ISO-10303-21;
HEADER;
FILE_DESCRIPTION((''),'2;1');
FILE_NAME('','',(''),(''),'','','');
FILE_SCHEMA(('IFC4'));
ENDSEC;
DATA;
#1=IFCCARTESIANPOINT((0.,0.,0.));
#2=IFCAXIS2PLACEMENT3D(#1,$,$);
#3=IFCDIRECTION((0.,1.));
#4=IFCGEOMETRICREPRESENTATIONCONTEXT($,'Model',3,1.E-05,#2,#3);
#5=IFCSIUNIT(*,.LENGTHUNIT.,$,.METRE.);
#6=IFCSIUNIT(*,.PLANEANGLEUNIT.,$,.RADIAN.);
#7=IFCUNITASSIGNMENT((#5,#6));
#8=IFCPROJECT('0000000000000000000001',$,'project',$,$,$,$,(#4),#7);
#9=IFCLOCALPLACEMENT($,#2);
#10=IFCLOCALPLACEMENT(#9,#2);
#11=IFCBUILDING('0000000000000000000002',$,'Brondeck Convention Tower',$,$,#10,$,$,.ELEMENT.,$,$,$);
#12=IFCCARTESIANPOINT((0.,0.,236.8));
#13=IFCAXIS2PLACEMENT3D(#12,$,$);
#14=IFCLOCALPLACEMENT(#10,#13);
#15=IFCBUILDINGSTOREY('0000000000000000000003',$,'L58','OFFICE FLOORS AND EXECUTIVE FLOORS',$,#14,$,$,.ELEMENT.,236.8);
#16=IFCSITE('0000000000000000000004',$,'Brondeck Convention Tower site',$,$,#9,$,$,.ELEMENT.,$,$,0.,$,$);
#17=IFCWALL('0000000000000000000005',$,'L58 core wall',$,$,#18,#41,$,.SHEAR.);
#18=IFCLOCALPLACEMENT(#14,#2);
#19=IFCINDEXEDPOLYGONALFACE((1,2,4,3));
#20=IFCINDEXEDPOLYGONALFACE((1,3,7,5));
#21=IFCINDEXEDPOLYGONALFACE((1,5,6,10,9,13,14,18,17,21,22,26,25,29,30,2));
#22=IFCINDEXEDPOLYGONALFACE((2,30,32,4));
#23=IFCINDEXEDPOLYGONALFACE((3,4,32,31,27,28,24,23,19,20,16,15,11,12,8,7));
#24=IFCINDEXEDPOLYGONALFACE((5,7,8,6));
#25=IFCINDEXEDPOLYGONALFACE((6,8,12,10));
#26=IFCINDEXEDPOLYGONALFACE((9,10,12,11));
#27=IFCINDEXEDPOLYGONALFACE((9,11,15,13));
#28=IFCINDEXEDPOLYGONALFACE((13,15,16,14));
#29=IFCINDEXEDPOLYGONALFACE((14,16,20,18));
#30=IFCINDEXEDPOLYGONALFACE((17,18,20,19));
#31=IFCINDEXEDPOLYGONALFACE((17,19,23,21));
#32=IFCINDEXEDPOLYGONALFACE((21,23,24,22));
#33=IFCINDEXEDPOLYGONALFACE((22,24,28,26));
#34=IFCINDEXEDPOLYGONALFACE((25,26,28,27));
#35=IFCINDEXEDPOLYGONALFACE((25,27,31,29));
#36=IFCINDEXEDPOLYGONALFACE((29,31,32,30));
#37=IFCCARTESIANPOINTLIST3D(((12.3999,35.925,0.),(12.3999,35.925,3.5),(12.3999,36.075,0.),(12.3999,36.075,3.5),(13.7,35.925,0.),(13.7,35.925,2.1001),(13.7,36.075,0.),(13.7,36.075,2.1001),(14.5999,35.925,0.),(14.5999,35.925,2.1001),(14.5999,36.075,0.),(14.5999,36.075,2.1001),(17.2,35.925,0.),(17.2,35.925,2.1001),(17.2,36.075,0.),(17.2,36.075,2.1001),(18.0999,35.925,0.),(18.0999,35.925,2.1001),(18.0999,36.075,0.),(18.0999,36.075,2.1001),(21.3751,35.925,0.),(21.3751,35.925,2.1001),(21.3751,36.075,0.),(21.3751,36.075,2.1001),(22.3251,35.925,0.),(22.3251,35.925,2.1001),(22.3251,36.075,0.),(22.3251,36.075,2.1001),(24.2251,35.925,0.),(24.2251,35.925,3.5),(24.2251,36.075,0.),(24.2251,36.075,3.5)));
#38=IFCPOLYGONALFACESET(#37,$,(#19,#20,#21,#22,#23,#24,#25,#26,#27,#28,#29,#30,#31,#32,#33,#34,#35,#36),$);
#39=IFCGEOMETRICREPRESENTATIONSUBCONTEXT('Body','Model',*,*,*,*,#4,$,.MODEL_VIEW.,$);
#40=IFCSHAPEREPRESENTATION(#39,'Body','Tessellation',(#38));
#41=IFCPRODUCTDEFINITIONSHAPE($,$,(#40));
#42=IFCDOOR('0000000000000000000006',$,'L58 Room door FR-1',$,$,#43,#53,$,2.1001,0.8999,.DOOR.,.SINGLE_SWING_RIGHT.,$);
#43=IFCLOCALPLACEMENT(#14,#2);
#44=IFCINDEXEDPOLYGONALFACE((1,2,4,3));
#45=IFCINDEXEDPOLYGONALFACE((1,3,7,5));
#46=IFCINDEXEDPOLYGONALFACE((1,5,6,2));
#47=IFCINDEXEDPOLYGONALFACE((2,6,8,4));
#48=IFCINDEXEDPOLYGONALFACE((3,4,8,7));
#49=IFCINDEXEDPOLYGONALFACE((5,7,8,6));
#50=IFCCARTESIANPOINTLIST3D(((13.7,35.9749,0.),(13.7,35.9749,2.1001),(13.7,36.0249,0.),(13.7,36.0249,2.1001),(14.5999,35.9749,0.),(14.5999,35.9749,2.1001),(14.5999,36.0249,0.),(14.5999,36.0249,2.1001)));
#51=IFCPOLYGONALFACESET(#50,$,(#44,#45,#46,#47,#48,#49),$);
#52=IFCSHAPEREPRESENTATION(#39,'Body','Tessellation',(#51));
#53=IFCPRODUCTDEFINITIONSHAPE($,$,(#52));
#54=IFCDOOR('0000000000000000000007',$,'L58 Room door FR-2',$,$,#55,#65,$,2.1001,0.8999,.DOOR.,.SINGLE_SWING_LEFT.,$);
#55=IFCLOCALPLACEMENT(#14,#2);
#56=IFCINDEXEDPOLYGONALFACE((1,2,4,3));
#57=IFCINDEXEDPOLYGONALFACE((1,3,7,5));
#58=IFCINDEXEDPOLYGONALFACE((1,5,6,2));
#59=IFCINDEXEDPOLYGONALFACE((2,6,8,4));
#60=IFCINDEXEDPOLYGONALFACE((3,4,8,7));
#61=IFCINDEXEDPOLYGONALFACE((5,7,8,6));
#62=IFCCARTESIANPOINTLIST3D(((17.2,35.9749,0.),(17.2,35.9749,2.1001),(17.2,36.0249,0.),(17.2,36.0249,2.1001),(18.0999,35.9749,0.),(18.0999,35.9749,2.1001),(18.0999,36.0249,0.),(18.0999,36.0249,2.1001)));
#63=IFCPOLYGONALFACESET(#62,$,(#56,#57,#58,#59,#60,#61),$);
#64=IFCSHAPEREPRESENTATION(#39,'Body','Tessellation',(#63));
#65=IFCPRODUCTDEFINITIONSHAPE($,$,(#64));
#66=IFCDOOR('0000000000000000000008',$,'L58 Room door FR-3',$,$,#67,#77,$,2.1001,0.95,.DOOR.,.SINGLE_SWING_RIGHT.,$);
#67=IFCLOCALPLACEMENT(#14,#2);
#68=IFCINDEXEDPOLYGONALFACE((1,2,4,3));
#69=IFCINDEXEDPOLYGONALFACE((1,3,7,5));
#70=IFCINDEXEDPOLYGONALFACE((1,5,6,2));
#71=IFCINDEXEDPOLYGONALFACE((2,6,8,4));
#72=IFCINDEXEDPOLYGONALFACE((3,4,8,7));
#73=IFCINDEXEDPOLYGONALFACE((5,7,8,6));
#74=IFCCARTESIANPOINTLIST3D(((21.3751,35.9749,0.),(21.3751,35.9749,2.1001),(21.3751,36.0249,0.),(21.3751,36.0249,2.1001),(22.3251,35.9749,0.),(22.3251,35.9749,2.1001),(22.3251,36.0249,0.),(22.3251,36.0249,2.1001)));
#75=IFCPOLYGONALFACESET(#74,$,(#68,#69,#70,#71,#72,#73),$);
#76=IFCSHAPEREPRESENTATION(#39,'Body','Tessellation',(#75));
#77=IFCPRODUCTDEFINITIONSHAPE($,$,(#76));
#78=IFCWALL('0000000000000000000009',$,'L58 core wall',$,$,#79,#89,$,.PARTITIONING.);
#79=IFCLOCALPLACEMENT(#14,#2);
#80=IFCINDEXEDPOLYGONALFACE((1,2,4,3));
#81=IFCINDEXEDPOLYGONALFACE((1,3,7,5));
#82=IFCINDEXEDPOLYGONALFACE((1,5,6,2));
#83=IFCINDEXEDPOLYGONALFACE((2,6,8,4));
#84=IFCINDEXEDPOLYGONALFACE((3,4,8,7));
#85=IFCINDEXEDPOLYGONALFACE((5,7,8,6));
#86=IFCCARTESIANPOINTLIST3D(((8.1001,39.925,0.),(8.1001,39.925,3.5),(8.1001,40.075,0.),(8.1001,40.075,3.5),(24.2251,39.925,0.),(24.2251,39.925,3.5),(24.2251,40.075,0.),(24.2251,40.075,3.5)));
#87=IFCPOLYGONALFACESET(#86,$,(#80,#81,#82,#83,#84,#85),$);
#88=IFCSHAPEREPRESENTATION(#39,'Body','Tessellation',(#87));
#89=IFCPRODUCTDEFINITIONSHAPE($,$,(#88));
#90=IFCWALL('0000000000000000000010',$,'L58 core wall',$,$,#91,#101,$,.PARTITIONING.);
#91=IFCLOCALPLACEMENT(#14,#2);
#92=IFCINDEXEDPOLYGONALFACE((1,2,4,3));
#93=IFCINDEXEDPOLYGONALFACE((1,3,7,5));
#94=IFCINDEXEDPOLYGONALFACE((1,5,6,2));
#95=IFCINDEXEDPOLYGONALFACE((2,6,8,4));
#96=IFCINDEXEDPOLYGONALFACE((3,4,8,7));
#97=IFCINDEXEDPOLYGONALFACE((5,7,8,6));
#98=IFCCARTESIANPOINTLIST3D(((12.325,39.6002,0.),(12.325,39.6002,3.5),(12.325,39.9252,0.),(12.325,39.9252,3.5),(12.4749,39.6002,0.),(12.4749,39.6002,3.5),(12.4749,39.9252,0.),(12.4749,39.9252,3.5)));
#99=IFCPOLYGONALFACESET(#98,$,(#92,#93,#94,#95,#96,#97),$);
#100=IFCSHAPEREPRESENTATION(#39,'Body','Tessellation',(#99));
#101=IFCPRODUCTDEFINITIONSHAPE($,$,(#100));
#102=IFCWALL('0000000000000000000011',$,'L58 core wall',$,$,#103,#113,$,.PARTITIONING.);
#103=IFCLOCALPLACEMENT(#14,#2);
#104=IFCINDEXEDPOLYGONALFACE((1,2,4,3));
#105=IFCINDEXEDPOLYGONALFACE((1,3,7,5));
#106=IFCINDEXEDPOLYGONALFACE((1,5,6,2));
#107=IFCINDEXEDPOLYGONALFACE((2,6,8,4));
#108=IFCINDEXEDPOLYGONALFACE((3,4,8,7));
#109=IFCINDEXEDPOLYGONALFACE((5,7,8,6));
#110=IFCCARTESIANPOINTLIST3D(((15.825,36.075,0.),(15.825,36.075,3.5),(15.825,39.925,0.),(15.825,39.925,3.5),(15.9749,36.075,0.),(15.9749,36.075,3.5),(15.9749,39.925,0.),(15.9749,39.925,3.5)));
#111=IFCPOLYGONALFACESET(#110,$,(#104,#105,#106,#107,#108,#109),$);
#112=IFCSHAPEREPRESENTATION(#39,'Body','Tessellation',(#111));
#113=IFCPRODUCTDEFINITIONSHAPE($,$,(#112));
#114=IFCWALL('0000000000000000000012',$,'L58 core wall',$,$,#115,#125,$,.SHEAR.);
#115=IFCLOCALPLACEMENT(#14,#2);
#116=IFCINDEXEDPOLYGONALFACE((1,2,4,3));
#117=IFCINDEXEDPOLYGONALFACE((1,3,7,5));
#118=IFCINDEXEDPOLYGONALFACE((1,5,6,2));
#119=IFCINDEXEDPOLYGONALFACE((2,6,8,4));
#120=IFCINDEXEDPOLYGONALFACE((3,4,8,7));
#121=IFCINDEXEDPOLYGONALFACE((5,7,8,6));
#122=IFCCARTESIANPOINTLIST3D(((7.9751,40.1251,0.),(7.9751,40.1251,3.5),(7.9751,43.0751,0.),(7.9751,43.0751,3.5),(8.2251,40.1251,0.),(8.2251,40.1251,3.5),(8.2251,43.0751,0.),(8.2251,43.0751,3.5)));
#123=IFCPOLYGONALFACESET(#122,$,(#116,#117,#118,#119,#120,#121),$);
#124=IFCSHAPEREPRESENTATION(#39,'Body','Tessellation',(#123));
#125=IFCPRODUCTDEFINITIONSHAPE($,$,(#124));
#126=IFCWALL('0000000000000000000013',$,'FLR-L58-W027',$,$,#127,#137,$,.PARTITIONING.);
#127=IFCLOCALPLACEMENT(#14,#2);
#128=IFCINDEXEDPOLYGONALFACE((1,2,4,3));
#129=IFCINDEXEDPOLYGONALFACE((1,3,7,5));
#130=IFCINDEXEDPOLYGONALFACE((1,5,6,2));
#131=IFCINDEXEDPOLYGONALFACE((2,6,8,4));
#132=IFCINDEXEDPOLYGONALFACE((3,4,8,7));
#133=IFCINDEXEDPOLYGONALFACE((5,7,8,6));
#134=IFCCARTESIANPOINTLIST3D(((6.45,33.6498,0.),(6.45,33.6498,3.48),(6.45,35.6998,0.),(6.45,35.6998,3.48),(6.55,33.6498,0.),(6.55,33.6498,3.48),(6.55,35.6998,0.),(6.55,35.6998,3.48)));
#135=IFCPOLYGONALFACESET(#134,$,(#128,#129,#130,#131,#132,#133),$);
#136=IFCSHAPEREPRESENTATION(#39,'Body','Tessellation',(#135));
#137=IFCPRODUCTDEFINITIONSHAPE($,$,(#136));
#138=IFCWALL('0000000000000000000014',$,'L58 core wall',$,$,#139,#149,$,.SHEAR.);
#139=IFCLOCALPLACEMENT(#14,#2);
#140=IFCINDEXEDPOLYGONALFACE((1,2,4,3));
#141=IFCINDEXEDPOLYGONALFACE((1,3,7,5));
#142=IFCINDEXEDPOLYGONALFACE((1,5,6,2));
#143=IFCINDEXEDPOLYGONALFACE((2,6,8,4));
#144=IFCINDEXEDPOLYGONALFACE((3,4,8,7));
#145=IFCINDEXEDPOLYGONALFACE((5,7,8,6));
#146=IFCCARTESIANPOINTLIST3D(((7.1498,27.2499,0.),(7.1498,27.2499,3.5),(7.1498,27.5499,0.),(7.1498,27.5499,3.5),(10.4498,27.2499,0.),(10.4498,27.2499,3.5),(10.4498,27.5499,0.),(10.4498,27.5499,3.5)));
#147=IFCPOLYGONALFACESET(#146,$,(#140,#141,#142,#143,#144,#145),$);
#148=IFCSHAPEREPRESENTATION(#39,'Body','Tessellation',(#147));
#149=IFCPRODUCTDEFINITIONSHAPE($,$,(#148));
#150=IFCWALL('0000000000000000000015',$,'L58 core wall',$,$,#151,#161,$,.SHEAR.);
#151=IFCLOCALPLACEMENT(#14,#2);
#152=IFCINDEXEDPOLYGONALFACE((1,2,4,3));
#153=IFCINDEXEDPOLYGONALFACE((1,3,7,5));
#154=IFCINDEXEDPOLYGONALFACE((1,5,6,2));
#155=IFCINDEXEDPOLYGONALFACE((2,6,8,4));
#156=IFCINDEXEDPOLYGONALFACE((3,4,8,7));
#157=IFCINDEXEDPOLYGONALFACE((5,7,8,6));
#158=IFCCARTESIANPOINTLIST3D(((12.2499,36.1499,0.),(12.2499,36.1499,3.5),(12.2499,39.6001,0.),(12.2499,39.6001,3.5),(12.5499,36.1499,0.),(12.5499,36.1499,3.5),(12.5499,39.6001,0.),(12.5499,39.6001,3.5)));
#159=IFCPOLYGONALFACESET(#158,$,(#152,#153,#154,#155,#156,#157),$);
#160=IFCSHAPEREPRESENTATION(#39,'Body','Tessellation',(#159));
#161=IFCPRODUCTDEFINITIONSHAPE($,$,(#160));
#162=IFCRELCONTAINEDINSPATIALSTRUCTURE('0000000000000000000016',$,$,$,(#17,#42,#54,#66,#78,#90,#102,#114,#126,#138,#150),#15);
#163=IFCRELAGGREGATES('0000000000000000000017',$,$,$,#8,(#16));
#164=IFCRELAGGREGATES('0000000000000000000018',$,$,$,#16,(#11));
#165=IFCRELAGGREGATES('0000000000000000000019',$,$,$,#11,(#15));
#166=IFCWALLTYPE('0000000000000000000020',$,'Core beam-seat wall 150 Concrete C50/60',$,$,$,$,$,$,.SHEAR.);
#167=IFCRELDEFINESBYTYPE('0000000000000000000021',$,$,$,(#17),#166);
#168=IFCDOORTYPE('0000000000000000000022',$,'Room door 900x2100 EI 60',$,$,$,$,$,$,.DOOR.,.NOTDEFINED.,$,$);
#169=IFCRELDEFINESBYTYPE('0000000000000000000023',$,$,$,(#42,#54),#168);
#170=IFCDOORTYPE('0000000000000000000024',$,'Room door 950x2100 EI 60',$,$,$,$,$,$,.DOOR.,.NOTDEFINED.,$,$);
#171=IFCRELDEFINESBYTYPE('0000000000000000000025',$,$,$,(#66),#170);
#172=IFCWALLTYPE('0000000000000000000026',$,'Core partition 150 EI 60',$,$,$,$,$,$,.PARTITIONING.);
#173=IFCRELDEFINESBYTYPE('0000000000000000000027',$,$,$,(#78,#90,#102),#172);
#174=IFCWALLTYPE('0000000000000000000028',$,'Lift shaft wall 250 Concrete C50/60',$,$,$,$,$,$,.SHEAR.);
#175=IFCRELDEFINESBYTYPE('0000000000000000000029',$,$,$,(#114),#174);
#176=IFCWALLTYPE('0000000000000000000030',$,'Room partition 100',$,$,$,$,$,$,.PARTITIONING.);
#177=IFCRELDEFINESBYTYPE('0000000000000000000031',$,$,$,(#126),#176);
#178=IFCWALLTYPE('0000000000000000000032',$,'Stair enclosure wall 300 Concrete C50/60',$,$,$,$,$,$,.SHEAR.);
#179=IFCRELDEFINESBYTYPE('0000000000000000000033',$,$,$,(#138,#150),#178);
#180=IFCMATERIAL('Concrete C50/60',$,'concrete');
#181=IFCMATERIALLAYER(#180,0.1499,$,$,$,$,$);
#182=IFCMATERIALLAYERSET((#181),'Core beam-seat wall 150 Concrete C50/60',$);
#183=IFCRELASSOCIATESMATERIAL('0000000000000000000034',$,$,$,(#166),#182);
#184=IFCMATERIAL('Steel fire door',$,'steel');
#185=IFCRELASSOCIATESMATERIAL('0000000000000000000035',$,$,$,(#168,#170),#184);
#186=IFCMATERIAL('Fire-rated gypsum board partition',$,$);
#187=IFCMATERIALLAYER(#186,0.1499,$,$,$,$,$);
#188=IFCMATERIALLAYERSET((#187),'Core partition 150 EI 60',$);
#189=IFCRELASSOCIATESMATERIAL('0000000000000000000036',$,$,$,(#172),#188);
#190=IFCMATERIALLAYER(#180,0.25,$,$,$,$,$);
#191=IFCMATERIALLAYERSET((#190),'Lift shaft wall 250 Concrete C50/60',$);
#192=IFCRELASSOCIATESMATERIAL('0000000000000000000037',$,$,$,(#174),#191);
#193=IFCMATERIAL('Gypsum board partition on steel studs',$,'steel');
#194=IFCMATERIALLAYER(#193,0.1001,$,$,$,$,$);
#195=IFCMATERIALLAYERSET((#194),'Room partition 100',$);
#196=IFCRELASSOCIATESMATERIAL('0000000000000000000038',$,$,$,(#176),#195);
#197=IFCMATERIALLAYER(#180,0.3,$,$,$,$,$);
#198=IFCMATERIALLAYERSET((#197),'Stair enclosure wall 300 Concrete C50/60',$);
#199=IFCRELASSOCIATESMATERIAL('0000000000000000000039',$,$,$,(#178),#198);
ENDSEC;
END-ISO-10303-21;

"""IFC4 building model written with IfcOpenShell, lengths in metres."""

from ifc_helpers import new_model, si_unit, direction, frame, frame_2d, origin, place, context, subcontext, project, spatial, rectangle, extrude, material, layer, layer_set, type_object, element, fill, save


model = new_model("IFC4")

# Units and contexts
model_context = context("Model", 3, precision=1e-05, world=origin(), true_north=direction((0.0, 1.0)))
body_context = subcontext(model_context, "Body", "Model", "MODEL_VIEW")
ifc_project = project(units=[si_unit("LENGTHUNIT", "METRE"), si_unit("PLANEANGLEUNIT", "RADIAN")], contexts=[model_context])

# Site, building, storey
site_placement = place(None, origin())
site = spatial("IfcSite", under=ifc_project, at=site_placement, Name="Brondeck Convention Tower site", CompositionType="ELEMENT", RefElevation=0.0)
building_placement = place(site_placement, origin())
building = spatial("IfcBuilding", under=site, at=building_placement, Name="Brondeck Convention Tower", CompositionType="ELEMENT")
storey_placement = place(building_placement, frame((0.0, 0.0, 236.8)))
storey = spatial("IfcBuildingStorey", under=building, at=storey_placement, Name="L58", Description="OFFICE FLOORS AND EXECUTIVE FLOORS", CompositionType="ELEMENT", Elevation=236.8)

# Shared definitions
ifc_material_1 = material(Name="Concrete C50/60", Category="concrete")

# Wall, openings, doors
ifc_layer_1 = layer(ifc_material_1, 0.1499)
ifc_layer_set_1 = layer_set([ifc_layer_1], Name="Core beam-seat wall 150 Concrete C50/60")
wall_type_1 = type_object("IfcWallType", Name="Core beam-seat wall 150 Concrete C50/60", PredefinedType="SHEAR", material=ifc_layer_set_1)
wall_1_placement = place(storey_placement, frame((12.3999, 36.0, 0.0), z_axis=(0.0, 0.0, 1.0), x_axis=(1.0, 0.0, 0.0)))
wall_1 = element("IfcWall", 1, at=wall_1_placement, inside=storey, type_object=wall_type_1, Name="L58 core wall", PredefinedType="SHEAR", context=body_context, shape_type="SweptSolid", body=[
    extrude(rectangle(XDim=11.8252, YDim=0.1499, at=frame_2d((5.9126, 0.0))), origin(), (0.0, 0.0, 1.0), 3.5),
])
opening_1_placement = place(wall_1_placement, frame((1.3, 0.0, 0.0)))
opening_1 = element("IfcOpeningElement", 2, at=opening_1_placement, cuts=wall_1, PredefinedType="OPENING", context=body_context, shape_type="SweptSolid", body=[
    extrude(rectangle(XDim=0.8999, YDim=2.1001, at=frame_2d((0.45, 1.05))), frame((0.0, 0.085, 0.0), z_axis=(0.0, -1.0, 0.0), x_axis=(1.0, 0.0, 0.0)), (0.0, 0.0, 1.0), 0.1699),
])
opening_2_placement = place(wall_1_placement, frame((4.8, 0.0, 0.0)))
opening_2 = element("IfcOpeningElement", 3, at=opening_2_placement, cuts=wall_1, PredefinedType="OPENING", context=body_context, shape_type="SweptSolid", body=[
    extrude(rectangle(XDim=0.8999, YDim=2.1001, at=frame_2d((0.45, 1.05))), frame((0.0, 0.085, 0.0), z_axis=(0.0, -1.0, 0.0), x_axis=(1.0, 0.0, 0.0)), (0.0, 0.0, 1.0), 0.1699),
])
opening_3_placement = place(wall_1_placement, frame((8.9751, 0.0, 0.0)))
opening_3 = element("IfcOpeningElement", 4, at=opening_3_placement, cuts=wall_1, PredefinedType="OPENING", context=body_context, shape_type="SweptSolid", body=[
    extrude(rectangle(XDim=0.95, YDim=2.1001, at=frame_2d((0.4751, 1.05))), frame((0.0, 0.085, 0.0), z_axis=(0.0, -1.0, 0.0), x_axis=(1.0, 0.0, 0.0)), (0.0, 0.0, 1.0), 0.1699),
])
ifc_material_2 = material(Name="Steel fire door", Category="steel")
door_type_1 = type_object("IfcDoorType", Name="Room door 900x2100 EI 60", OperationType="NOTDEFINED", PredefinedType="DOOR", material=ifc_material_2)
door_1_placement = place(opening_1_placement, origin())
door_1 = element("IfcDoor", 5, at=door_1_placement, inside=storey, type_object=door_type_1, Name="L58 Room door FR-1", OperationType="SINGLE_SWING_RIGHT", OverallHeight=2.1001, OverallWidth=0.8999, PredefinedType="DOOR", context=body_context, shape_type="SweptSolid", body=[
    extrude(rectangle(XDim=0.8999, YDim=2.1001, at=frame_2d((0.45, 1.05))), frame((0.0, 0.0249, 0.0), z_axis=(0.0, -1.0, 0.0), x_axis=(1.0, 0.0, 0.0)), (0.0, 0.0, 1.0), 0.05),
])
fill(opening_1, door_1)
door_2_placement = place(opening_2_placement, origin())
door_2 = element("IfcDoor", 6, at=door_2_placement, inside=storey, type_object=door_type_1, Name="L58 Room door FR-2", OperationType="SINGLE_SWING_LEFT", OverallHeight=2.1001, OverallWidth=0.8999, PredefinedType="DOOR", context=body_context, shape_type="SweptSolid", body=[
    extrude(rectangle(XDim=0.8999, YDim=2.1001, at=frame_2d((0.45, 1.05))), frame((0.0, 0.0249, 0.0), z_axis=(0.0, -1.0, 0.0), x_axis=(1.0, 0.0, 0.0)), (0.0, 0.0, 1.0), 0.05),
])
fill(opening_2, door_2)
door_type_2 = type_object("IfcDoorType", Name="Room door 950x2100 EI 60", OperationType="NOTDEFINED", PredefinedType="DOOR", material=ifc_material_2)
door_3_placement = place(opening_3_placement, origin())
door_3 = element("IfcDoor", 7, at=door_3_placement, inside=storey, type_object=door_type_2, Name="L58 Room door FR-3", OperationType="SINGLE_SWING_RIGHT", OverallHeight=2.1001, OverallWidth=0.95, PredefinedType="DOOR", context=body_context, shape_type="SweptSolid", body=[
    extrude(rectangle(XDim=0.95, YDim=2.1001, at=frame_2d((0.4751, 1.05))), frame((0.0, 0.0249, 0.0), z_axis=(0.0, -1.0, 0.0), x_axis=(1.0, 0.0, 0.0)), (0.0, 0.0, 1.0), 0.05),
])
fill(opening_3, door_3)

# Walls
ifc_material_3 = material(Name="Fire-rated gypsum board partition")
ifc_layer_2 = layer(ifc_material_3, 0.1499)
ifc_layer_set_2 = layer_set([ifc_layer_2], Name="Core partition 150 EI 60")
wall_type_2 = type_object("IfcWallType", Name="Core partition 150 EI 60", PredefinedType="PARTITIONING", material=ifc_layer_set_2)
wall_2_placement = place(storey_placement, frame((8.1001, 40.0, 0.0), z_axis=(0.0, 0.0, 1.0), x_axis=(1.0, 0.0, 0.0)))
element("IfcWall", 8, at=wall_2_placement, inside=storey, type_object=wall_type_2, Name="L58 core wall", PredefinedType="PARTITIONING", context=body_context, shape_type="SweptSolid", body=[
    extrude(rectangle(XDim=16.125, YDim=0.1499, at=frame_2d((8.0625, 0.0))), origin(), (0.0, 0.0, 1.0), 3.5),
])
wall_3_placement = place(storey_placement, frame((12.3999, 39.6001, 0.0), z_axis=(0.0, 0.0, 1.0), x_axis=(0.0, 1.0, 0.0)))
element("IfcWall", 9, at=wall_3_placement, inside=storey, type_object=wall_type_2, Name="L58 core wall", PredefinedType="PARTITIONING", context=body_context, shape_type="SweptSolid", body=[
    extrude(rectangle(XDim=0.325, YDim=0.1499, at=frame_2d((0.1626, 0.0))), origin(), (0.0, 0.0, 1.0), 3.5),
])
wall_4_placement = place(storey_placement, frame((15.8999, 36.075, 0.0), z_axis=(0.0, 0.0, 1.0), x_axis=(0.0, 1.0, 0.0)))
element("IfcWall", 10, at=wall_4_placement, inside=storey, type_object=wall_type_2, Name="L58 core wall", PredefinedType="PARTITIONING", context=body_context, shape_type="SweptSolid", body=[
    extrude(rectangle(XDim=3.8501, YDim=0.1499, at=frame_2d((1.925, 0.0))), origin(), (0.0, 0.0, 1.0), 3.5),
])
ifc_layer_3 = layer(ifc_material_1, 0.25)
ifc_layer_set_3 = layer_set([ifc_layer_3], Name="Lift shaft wall 250 Concrete C50/60")
wall_type_3 = type_object("IfcWallType", Name="Lift shaft wall 250 Concrete C50/60", PredefinedType="SHEAR", material=ifc_layer_set_3)
wall_5_placement = place(storey_placement, frame((8.1001, 40.125, 0.0), z_axis=(0.0, 0.0, 1.0), x_axis=(0.0, 1.0, 0.0)))
element("IfcWall", 11, at=wall_5_placement, inside=storey, type_object=wall_type_3, Name="L58 core wall", PredefinedType="SHEAR", context=body_context, shape_type="SweptSolid", body=[
    extrude(rectangle(XDim=2.95, YDim=0.25, at=frame_2d((1.4751, 0.0))), origin(), (0.0, 0.0, 1.0), 3.5),
])
ifc_material_4 = material(Name="Gypsum board partition on steel studs", Category="steel")
ifc_layer_4 = layer(ifc_material_4, 0.1001)
ifc_layer_set_4 = layer_set([ifc_layer_4], Name="Room partition 100")
wall_type_4 = type_object("IfcWallType", Name="Room partition 100", PredefinedType="PARTITIONING", material=ifc_layer_set_4)
wall_6_placement = place(storey_placement, frame((6.5, 33.6499, 0.0), z_axis=(0.0, 0.0, 1.0), x_axis=(0.0, 1.0, 0.0)))
element("IfcWall", 12, at=wall_6_placement, inside=storey, type_object=wall_type_4, Name="FLR-L58-W027", PredefinedType="PARTITIONING", context=body_context, shape_type="SweptSolid", body=[
    extrude(rectangle(XDim=2.05, YDim=0.1001, at=frame_2d((1.0249, 0.0))), origin(), (0.0, 0.0, 1.0), 3.48),
])
ifc_layer_5 = layer(ifc_material_1, 0.3)
ifc_layer_set_5 = layer_set([ifc_layer_5], Name="Stair enclosure wall 300 Concrete C50/60")
wall_type_5 = type_object("IfcWallType", Name="Stair enclosure wall 300 Concrete C50/60", PredefinedType="SHEAR", material=ifc_layer_set_5)
wall_7_placement = place(storey_placement, frame((7.1499, 27.3999, 0.0), z_axis=(0.0, 0.0, 1.0), x_axis=(1.0, 0.0, 0.0)))
element("IfcWall", 13, at=wall_7_placement, inside=storey, type_object=wall_type_5, Name="L58 core wall", PredefinedType="SHEAR", context=body_context, shape_type="SweptSolid", body=[
    extrude(rectangle(XDim=3.3, YDim=0.3, at=frame_2d((1.6499, 0.0))), origin(), (0.0, 0.0, 1.0), 3.5),
])
wall_8_placement = place(storey_placement, frame((12.3999, 36.1499, 0.0), z_axis=(0.0, 0.0, 1.0), x_axis=(0.0, 1.0, 0.0)))
element("IfcWall", 14, at=wall_8_placement, inside=storey, type_object=wall_type_5, Name="L58 core wall", PredefinedType="SHEAR", context=body_context, shape_type="SweptSolid", body=[
    extrude(rectangle(XDim=3.4502, YDim=0.3, at=frame_2d((1.7251, 0.0))), origin(), (0.0, 0.0, 1.0), 3.5),
])

save(model, "model.ifc")
